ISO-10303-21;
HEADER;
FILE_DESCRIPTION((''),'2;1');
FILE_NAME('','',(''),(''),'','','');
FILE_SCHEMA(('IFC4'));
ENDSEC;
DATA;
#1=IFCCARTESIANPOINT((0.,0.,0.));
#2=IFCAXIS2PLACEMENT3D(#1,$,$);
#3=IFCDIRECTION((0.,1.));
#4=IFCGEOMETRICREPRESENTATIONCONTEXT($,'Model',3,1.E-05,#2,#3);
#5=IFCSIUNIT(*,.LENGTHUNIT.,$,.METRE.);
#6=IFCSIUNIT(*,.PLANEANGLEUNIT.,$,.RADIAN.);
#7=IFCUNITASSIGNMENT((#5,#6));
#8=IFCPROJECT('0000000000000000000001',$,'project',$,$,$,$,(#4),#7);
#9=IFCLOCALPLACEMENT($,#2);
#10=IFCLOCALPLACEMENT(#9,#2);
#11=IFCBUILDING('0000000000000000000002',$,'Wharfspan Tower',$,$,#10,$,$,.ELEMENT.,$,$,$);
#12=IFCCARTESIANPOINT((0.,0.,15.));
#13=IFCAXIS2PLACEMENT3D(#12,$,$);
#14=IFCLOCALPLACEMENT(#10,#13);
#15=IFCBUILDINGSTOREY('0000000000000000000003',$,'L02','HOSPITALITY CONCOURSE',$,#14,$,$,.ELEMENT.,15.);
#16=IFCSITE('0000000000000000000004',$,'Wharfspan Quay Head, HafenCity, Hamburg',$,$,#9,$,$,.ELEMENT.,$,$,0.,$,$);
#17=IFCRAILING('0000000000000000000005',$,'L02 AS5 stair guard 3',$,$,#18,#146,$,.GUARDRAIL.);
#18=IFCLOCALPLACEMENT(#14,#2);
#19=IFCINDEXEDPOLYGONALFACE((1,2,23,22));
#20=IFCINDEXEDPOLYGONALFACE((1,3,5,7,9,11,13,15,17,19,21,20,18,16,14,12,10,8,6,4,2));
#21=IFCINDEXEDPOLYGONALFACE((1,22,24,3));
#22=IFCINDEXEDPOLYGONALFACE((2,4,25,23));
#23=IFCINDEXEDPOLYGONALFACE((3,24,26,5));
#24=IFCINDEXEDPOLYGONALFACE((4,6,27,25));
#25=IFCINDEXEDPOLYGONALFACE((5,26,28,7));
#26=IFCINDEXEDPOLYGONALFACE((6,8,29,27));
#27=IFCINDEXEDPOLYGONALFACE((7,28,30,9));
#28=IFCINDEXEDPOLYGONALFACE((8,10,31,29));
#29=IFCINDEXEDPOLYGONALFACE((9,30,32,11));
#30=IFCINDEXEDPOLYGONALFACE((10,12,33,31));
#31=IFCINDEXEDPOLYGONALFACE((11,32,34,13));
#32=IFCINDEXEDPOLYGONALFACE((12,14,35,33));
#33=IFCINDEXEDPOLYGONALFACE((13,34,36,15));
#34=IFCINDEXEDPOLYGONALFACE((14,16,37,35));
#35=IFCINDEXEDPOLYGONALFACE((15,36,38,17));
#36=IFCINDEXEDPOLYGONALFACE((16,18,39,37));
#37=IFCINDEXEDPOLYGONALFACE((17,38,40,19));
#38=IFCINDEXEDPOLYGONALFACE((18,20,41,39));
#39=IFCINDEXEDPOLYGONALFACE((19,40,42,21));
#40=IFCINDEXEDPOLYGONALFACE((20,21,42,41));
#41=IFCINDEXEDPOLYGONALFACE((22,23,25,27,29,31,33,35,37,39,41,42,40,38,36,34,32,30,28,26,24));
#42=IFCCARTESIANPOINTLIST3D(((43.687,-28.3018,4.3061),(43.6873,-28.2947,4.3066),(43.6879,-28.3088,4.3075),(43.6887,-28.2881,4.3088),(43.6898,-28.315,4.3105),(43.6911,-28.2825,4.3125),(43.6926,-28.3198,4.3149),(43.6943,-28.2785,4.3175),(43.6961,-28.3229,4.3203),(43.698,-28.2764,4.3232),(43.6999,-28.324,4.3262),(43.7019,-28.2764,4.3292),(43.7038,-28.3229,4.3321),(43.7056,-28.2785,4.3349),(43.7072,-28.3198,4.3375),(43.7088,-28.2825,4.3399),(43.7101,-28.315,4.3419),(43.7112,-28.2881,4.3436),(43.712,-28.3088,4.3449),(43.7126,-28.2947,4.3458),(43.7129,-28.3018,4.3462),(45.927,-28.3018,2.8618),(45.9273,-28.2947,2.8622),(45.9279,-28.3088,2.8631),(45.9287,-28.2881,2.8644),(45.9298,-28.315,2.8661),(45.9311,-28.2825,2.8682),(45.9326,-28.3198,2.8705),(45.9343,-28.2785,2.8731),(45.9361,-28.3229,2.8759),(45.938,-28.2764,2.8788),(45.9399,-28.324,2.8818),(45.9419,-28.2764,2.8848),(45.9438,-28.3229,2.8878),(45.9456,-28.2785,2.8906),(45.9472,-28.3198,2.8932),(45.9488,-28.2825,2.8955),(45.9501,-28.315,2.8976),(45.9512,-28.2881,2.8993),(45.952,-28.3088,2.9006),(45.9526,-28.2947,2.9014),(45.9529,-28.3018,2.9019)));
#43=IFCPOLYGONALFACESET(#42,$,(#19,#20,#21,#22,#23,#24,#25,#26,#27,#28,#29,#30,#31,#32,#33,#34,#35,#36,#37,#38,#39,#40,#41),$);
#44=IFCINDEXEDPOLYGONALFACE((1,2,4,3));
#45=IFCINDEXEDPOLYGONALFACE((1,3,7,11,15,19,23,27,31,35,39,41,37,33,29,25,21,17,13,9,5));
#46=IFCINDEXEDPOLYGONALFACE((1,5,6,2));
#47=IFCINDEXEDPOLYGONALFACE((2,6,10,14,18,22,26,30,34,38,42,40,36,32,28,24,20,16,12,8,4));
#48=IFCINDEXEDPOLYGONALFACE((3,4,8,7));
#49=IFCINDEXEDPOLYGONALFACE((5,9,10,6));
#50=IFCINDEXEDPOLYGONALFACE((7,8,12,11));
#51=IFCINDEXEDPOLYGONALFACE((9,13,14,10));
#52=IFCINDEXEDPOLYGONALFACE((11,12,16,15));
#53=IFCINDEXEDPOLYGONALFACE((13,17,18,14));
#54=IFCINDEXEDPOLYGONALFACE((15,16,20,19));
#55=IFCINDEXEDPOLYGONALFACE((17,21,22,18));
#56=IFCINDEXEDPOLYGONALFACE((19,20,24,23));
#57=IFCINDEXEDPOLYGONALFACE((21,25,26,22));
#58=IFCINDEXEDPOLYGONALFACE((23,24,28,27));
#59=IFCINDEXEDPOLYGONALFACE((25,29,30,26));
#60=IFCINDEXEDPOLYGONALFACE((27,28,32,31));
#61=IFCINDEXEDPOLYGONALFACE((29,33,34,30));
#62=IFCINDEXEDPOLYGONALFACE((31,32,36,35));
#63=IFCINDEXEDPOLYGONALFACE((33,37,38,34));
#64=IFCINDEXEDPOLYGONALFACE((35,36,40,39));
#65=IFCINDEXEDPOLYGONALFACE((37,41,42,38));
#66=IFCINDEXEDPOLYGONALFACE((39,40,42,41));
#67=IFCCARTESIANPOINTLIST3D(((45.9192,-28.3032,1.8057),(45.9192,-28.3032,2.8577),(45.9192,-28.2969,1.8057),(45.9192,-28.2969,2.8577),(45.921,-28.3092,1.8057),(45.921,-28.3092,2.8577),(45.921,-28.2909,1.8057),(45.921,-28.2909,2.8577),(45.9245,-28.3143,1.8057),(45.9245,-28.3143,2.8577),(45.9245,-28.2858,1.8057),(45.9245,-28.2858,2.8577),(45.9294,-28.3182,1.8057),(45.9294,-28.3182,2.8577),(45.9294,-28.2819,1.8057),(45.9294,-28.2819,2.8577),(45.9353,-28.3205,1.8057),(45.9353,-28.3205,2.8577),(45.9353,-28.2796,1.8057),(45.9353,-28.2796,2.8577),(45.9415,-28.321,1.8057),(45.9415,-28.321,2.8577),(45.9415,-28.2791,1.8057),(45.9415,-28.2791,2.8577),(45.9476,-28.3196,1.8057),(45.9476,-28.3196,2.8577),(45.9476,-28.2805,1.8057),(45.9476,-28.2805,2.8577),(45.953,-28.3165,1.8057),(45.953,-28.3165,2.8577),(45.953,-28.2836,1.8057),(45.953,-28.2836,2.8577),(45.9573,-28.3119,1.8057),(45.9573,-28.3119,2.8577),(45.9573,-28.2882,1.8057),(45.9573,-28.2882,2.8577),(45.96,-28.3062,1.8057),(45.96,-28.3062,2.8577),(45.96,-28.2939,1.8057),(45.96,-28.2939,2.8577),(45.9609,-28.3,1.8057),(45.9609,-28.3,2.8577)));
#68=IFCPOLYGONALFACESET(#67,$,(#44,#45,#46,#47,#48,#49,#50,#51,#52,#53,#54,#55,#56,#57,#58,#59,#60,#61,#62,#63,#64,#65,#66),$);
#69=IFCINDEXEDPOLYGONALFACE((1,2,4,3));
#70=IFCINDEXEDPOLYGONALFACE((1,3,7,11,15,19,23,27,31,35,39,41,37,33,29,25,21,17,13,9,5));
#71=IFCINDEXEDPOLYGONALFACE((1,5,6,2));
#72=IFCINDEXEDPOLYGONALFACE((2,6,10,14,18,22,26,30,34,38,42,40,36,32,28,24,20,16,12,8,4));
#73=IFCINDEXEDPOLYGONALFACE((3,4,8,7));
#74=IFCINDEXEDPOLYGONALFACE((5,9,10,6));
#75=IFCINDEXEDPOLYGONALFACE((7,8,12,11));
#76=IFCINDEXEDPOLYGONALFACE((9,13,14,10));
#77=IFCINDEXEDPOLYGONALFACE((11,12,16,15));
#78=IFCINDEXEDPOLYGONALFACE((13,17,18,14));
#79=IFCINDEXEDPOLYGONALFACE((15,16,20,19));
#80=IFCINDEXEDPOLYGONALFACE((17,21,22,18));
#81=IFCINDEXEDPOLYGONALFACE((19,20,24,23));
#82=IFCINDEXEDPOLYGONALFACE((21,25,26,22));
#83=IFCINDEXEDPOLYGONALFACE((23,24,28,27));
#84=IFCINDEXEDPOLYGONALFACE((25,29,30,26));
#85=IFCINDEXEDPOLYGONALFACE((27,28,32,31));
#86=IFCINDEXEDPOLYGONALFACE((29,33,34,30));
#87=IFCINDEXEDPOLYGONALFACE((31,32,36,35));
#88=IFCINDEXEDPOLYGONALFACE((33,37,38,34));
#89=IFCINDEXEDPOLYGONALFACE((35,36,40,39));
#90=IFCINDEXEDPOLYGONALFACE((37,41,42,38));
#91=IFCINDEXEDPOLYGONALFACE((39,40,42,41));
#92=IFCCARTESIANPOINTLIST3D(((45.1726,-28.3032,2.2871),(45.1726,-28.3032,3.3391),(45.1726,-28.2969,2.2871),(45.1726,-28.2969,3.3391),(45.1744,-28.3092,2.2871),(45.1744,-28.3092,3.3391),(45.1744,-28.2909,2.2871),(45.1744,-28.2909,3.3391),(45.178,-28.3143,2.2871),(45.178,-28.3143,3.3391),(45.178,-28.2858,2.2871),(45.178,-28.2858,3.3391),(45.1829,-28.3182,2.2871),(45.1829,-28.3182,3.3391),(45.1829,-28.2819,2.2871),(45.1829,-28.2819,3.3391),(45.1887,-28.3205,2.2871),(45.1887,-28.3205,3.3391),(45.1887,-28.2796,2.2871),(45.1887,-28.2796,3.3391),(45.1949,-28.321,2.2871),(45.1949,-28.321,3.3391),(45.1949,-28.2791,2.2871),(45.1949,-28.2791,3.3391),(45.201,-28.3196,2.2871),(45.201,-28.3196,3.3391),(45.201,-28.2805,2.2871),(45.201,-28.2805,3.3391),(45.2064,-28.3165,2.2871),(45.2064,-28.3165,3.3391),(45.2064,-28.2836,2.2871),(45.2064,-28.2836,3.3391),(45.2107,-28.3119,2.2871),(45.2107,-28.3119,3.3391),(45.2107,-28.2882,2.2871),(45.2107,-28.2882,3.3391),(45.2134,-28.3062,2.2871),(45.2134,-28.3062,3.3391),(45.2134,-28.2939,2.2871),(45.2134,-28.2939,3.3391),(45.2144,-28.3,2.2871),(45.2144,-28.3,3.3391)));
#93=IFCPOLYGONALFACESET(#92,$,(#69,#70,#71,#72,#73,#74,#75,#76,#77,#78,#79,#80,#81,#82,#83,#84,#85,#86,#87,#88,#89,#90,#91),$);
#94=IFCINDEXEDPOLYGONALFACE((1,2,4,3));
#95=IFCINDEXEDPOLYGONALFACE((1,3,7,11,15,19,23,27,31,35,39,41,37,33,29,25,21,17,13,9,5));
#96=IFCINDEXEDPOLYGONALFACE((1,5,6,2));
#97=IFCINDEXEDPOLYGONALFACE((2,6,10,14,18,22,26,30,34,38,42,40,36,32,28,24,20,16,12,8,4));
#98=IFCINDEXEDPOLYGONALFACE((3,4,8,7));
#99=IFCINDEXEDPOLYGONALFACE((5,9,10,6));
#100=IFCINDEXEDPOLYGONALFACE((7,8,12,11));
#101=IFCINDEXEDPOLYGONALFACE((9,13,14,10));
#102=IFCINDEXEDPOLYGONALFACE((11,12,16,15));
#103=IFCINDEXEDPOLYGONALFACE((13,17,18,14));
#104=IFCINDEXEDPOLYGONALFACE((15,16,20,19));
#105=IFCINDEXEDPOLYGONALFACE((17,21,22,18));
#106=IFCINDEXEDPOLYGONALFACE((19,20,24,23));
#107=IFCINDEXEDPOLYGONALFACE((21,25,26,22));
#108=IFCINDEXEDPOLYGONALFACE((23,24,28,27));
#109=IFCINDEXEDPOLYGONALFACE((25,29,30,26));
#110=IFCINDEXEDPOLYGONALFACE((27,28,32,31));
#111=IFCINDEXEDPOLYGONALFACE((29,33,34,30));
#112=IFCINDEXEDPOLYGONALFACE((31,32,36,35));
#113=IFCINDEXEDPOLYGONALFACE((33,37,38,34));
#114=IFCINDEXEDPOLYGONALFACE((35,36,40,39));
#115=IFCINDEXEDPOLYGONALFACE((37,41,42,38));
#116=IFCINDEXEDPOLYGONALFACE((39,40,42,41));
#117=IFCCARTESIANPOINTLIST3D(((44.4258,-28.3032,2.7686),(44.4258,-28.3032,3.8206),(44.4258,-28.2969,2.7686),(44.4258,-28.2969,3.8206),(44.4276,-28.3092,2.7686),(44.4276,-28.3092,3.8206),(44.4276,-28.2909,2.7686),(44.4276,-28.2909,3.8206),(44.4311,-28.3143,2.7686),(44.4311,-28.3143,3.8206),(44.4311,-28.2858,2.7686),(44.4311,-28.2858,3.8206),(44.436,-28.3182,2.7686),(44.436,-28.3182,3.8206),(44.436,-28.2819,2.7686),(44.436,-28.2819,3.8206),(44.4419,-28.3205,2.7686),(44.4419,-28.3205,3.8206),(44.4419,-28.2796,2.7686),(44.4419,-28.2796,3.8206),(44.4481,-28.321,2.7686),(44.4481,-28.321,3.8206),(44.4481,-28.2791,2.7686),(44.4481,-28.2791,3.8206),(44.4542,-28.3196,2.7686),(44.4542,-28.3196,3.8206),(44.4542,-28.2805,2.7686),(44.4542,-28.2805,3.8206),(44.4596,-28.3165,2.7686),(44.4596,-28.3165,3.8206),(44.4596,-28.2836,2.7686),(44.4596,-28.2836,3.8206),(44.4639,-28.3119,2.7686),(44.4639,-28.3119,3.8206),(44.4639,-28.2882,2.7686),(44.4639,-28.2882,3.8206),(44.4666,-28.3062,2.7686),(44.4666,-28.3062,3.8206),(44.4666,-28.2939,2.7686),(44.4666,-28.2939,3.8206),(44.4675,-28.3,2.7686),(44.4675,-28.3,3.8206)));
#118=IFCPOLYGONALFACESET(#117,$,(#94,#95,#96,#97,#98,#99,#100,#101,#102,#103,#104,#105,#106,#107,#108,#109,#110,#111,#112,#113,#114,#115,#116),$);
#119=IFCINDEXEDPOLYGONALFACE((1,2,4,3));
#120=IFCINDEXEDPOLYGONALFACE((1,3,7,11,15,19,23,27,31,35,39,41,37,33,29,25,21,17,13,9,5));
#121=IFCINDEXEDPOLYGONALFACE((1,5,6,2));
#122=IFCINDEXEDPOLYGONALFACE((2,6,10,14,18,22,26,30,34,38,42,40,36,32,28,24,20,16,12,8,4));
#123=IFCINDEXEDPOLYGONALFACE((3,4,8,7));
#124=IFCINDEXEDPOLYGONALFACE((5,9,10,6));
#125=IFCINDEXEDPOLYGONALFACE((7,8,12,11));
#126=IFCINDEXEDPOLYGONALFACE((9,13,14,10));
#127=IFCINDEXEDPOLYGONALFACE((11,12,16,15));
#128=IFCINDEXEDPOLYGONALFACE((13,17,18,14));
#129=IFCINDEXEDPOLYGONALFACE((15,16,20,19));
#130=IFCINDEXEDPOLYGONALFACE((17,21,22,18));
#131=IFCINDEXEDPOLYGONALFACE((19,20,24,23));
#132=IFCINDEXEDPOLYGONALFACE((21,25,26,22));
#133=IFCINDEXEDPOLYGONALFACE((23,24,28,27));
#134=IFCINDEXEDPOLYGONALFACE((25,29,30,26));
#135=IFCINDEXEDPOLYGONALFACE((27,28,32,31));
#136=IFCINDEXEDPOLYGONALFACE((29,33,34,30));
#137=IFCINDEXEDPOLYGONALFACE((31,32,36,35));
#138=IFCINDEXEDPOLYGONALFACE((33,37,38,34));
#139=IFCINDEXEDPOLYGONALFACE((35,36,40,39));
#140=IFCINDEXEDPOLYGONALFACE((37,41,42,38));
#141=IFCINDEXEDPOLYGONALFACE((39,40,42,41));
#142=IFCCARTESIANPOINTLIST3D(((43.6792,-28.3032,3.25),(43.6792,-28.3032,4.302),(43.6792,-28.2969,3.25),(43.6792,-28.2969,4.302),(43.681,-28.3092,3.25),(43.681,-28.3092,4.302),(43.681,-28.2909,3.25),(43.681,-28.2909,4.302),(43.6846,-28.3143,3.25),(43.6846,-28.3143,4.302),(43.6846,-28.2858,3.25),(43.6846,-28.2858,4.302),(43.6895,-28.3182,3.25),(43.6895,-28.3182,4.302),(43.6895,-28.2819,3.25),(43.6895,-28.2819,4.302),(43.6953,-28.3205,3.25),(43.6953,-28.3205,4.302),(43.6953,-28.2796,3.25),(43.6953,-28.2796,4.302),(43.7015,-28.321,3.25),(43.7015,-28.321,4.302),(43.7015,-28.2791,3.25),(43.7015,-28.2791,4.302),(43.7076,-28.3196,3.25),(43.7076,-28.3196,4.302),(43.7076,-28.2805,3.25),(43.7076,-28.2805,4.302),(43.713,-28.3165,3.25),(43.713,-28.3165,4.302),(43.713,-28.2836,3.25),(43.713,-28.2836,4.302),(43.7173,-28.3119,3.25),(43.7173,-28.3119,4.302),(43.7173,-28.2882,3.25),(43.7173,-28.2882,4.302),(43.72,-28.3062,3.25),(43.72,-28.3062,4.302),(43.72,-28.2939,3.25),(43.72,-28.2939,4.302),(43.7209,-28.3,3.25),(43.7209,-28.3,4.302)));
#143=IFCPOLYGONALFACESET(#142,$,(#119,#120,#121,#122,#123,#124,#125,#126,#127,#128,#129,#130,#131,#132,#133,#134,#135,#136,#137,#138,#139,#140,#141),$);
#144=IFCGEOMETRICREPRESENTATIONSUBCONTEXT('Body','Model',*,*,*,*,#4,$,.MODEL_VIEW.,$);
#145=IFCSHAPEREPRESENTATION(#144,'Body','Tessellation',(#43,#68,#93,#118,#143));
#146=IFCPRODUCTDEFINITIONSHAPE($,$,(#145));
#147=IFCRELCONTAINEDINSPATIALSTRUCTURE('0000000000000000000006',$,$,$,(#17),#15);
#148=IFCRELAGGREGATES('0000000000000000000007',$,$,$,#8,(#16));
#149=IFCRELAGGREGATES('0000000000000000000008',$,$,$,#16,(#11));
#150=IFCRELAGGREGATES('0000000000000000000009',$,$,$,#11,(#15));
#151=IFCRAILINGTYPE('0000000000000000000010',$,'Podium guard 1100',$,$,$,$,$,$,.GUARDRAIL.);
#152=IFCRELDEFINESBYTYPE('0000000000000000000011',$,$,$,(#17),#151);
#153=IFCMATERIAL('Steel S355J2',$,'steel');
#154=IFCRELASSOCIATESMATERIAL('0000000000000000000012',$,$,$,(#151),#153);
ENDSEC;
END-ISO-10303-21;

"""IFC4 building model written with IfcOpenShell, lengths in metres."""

from ifc_helpers import new_model, si_unit, direction, frame, origin, origin_2d, place, context, subcontext, project, spatial, circle, extrude, material, type_object, element, save


model = new_model("IFC4")

# Units and contexts
model_context = context("Model", 3, precision=1e-05, world=origin(), true_north=direction((0.0, 1.0)))
body_context = subcontext(model_context, "Body", "Model", "MODEL_VIEW")
ifc_project = project(units=[si_unit("LENGTHUNIT", "METRE"), si_unit("PLANEANGLEUNIT", "RADIAN")], contexts=[model_context])

# Site, building, storey
site_placement = place(None, origin())
site = spatial("IfcSite", under=ifc_project, at=site_placement, Name="Wharfspan Quay Head, HafenCity, Hamburg", CompositionType="ELEMENT", RefElevation=0.0)
building_placement = place(site_placement, origin())
building = spatial("IfcBuilding", under=site, at=building_placement, Name="Wharfspan Tower", CompositionType="ELEMENT")
storey_placement = place(building_placement, frame((0.0, 0.0, 15.0)))
storey = spatial("IfcBuildingStorey", under=building, at=storey_placement, Name="L02", Description="HOSPITALITY CONCOURSE", CompositionType="ELEMENT", Elevation=15.0)

# Railing
ifc_material_1 = material(Name="Steel S355J2", Category="steel")
railing_type_1 = type_object("IfcRailingType", Name="Podium guard 1100", PredefinedType="GUARDRAIL", material=ifc_material_1)
railing_1_placement = place(storey_placement, frame((45.9399, -28.3, 1.8057)))
element("IfcRailing", 1, at=railing_1_placement, inside=storey, type_object=railing_type_1, Name="L02 AS5 stair guard 3", PredefinedType="GUARDRAIL", context=body_context, shape_type="SweptSolid", body=[
    extrude(circle(Radius=0.0239, at=origin_2d()), frame((0.0, 0.0, 1.0762), z_axis=(-0.840437, 0.0, 0.54191), x_axis=(0.0, -1.0, 0.0)), (0.0, 0.0, 1.0), 2.6653),
    extrude(circle(Radius=0.021, at=origin_2d()), origin(), (0.0, 0.0, 1.0), 1.052),
    extrude(circle(Radius=0.021, at=origin_2d()), frame((-0.7466, 0.0, 0.4814)), (0.0, 0.0, 1.0), 1.052),
    extrude(circle(Radius=0.021, at=origin_2d()), frame((-1.4934, 0.0, 0.9629)), (0.0, 0.0, 1.0), 1.052),
    extrude(circle(Radius=0.021, at=origin_2d()), frame((-2.24, 0.0, 1.4443)), (0.0, 0.0, 1.0), 1.052),
])

save(model, "model.ifc")
